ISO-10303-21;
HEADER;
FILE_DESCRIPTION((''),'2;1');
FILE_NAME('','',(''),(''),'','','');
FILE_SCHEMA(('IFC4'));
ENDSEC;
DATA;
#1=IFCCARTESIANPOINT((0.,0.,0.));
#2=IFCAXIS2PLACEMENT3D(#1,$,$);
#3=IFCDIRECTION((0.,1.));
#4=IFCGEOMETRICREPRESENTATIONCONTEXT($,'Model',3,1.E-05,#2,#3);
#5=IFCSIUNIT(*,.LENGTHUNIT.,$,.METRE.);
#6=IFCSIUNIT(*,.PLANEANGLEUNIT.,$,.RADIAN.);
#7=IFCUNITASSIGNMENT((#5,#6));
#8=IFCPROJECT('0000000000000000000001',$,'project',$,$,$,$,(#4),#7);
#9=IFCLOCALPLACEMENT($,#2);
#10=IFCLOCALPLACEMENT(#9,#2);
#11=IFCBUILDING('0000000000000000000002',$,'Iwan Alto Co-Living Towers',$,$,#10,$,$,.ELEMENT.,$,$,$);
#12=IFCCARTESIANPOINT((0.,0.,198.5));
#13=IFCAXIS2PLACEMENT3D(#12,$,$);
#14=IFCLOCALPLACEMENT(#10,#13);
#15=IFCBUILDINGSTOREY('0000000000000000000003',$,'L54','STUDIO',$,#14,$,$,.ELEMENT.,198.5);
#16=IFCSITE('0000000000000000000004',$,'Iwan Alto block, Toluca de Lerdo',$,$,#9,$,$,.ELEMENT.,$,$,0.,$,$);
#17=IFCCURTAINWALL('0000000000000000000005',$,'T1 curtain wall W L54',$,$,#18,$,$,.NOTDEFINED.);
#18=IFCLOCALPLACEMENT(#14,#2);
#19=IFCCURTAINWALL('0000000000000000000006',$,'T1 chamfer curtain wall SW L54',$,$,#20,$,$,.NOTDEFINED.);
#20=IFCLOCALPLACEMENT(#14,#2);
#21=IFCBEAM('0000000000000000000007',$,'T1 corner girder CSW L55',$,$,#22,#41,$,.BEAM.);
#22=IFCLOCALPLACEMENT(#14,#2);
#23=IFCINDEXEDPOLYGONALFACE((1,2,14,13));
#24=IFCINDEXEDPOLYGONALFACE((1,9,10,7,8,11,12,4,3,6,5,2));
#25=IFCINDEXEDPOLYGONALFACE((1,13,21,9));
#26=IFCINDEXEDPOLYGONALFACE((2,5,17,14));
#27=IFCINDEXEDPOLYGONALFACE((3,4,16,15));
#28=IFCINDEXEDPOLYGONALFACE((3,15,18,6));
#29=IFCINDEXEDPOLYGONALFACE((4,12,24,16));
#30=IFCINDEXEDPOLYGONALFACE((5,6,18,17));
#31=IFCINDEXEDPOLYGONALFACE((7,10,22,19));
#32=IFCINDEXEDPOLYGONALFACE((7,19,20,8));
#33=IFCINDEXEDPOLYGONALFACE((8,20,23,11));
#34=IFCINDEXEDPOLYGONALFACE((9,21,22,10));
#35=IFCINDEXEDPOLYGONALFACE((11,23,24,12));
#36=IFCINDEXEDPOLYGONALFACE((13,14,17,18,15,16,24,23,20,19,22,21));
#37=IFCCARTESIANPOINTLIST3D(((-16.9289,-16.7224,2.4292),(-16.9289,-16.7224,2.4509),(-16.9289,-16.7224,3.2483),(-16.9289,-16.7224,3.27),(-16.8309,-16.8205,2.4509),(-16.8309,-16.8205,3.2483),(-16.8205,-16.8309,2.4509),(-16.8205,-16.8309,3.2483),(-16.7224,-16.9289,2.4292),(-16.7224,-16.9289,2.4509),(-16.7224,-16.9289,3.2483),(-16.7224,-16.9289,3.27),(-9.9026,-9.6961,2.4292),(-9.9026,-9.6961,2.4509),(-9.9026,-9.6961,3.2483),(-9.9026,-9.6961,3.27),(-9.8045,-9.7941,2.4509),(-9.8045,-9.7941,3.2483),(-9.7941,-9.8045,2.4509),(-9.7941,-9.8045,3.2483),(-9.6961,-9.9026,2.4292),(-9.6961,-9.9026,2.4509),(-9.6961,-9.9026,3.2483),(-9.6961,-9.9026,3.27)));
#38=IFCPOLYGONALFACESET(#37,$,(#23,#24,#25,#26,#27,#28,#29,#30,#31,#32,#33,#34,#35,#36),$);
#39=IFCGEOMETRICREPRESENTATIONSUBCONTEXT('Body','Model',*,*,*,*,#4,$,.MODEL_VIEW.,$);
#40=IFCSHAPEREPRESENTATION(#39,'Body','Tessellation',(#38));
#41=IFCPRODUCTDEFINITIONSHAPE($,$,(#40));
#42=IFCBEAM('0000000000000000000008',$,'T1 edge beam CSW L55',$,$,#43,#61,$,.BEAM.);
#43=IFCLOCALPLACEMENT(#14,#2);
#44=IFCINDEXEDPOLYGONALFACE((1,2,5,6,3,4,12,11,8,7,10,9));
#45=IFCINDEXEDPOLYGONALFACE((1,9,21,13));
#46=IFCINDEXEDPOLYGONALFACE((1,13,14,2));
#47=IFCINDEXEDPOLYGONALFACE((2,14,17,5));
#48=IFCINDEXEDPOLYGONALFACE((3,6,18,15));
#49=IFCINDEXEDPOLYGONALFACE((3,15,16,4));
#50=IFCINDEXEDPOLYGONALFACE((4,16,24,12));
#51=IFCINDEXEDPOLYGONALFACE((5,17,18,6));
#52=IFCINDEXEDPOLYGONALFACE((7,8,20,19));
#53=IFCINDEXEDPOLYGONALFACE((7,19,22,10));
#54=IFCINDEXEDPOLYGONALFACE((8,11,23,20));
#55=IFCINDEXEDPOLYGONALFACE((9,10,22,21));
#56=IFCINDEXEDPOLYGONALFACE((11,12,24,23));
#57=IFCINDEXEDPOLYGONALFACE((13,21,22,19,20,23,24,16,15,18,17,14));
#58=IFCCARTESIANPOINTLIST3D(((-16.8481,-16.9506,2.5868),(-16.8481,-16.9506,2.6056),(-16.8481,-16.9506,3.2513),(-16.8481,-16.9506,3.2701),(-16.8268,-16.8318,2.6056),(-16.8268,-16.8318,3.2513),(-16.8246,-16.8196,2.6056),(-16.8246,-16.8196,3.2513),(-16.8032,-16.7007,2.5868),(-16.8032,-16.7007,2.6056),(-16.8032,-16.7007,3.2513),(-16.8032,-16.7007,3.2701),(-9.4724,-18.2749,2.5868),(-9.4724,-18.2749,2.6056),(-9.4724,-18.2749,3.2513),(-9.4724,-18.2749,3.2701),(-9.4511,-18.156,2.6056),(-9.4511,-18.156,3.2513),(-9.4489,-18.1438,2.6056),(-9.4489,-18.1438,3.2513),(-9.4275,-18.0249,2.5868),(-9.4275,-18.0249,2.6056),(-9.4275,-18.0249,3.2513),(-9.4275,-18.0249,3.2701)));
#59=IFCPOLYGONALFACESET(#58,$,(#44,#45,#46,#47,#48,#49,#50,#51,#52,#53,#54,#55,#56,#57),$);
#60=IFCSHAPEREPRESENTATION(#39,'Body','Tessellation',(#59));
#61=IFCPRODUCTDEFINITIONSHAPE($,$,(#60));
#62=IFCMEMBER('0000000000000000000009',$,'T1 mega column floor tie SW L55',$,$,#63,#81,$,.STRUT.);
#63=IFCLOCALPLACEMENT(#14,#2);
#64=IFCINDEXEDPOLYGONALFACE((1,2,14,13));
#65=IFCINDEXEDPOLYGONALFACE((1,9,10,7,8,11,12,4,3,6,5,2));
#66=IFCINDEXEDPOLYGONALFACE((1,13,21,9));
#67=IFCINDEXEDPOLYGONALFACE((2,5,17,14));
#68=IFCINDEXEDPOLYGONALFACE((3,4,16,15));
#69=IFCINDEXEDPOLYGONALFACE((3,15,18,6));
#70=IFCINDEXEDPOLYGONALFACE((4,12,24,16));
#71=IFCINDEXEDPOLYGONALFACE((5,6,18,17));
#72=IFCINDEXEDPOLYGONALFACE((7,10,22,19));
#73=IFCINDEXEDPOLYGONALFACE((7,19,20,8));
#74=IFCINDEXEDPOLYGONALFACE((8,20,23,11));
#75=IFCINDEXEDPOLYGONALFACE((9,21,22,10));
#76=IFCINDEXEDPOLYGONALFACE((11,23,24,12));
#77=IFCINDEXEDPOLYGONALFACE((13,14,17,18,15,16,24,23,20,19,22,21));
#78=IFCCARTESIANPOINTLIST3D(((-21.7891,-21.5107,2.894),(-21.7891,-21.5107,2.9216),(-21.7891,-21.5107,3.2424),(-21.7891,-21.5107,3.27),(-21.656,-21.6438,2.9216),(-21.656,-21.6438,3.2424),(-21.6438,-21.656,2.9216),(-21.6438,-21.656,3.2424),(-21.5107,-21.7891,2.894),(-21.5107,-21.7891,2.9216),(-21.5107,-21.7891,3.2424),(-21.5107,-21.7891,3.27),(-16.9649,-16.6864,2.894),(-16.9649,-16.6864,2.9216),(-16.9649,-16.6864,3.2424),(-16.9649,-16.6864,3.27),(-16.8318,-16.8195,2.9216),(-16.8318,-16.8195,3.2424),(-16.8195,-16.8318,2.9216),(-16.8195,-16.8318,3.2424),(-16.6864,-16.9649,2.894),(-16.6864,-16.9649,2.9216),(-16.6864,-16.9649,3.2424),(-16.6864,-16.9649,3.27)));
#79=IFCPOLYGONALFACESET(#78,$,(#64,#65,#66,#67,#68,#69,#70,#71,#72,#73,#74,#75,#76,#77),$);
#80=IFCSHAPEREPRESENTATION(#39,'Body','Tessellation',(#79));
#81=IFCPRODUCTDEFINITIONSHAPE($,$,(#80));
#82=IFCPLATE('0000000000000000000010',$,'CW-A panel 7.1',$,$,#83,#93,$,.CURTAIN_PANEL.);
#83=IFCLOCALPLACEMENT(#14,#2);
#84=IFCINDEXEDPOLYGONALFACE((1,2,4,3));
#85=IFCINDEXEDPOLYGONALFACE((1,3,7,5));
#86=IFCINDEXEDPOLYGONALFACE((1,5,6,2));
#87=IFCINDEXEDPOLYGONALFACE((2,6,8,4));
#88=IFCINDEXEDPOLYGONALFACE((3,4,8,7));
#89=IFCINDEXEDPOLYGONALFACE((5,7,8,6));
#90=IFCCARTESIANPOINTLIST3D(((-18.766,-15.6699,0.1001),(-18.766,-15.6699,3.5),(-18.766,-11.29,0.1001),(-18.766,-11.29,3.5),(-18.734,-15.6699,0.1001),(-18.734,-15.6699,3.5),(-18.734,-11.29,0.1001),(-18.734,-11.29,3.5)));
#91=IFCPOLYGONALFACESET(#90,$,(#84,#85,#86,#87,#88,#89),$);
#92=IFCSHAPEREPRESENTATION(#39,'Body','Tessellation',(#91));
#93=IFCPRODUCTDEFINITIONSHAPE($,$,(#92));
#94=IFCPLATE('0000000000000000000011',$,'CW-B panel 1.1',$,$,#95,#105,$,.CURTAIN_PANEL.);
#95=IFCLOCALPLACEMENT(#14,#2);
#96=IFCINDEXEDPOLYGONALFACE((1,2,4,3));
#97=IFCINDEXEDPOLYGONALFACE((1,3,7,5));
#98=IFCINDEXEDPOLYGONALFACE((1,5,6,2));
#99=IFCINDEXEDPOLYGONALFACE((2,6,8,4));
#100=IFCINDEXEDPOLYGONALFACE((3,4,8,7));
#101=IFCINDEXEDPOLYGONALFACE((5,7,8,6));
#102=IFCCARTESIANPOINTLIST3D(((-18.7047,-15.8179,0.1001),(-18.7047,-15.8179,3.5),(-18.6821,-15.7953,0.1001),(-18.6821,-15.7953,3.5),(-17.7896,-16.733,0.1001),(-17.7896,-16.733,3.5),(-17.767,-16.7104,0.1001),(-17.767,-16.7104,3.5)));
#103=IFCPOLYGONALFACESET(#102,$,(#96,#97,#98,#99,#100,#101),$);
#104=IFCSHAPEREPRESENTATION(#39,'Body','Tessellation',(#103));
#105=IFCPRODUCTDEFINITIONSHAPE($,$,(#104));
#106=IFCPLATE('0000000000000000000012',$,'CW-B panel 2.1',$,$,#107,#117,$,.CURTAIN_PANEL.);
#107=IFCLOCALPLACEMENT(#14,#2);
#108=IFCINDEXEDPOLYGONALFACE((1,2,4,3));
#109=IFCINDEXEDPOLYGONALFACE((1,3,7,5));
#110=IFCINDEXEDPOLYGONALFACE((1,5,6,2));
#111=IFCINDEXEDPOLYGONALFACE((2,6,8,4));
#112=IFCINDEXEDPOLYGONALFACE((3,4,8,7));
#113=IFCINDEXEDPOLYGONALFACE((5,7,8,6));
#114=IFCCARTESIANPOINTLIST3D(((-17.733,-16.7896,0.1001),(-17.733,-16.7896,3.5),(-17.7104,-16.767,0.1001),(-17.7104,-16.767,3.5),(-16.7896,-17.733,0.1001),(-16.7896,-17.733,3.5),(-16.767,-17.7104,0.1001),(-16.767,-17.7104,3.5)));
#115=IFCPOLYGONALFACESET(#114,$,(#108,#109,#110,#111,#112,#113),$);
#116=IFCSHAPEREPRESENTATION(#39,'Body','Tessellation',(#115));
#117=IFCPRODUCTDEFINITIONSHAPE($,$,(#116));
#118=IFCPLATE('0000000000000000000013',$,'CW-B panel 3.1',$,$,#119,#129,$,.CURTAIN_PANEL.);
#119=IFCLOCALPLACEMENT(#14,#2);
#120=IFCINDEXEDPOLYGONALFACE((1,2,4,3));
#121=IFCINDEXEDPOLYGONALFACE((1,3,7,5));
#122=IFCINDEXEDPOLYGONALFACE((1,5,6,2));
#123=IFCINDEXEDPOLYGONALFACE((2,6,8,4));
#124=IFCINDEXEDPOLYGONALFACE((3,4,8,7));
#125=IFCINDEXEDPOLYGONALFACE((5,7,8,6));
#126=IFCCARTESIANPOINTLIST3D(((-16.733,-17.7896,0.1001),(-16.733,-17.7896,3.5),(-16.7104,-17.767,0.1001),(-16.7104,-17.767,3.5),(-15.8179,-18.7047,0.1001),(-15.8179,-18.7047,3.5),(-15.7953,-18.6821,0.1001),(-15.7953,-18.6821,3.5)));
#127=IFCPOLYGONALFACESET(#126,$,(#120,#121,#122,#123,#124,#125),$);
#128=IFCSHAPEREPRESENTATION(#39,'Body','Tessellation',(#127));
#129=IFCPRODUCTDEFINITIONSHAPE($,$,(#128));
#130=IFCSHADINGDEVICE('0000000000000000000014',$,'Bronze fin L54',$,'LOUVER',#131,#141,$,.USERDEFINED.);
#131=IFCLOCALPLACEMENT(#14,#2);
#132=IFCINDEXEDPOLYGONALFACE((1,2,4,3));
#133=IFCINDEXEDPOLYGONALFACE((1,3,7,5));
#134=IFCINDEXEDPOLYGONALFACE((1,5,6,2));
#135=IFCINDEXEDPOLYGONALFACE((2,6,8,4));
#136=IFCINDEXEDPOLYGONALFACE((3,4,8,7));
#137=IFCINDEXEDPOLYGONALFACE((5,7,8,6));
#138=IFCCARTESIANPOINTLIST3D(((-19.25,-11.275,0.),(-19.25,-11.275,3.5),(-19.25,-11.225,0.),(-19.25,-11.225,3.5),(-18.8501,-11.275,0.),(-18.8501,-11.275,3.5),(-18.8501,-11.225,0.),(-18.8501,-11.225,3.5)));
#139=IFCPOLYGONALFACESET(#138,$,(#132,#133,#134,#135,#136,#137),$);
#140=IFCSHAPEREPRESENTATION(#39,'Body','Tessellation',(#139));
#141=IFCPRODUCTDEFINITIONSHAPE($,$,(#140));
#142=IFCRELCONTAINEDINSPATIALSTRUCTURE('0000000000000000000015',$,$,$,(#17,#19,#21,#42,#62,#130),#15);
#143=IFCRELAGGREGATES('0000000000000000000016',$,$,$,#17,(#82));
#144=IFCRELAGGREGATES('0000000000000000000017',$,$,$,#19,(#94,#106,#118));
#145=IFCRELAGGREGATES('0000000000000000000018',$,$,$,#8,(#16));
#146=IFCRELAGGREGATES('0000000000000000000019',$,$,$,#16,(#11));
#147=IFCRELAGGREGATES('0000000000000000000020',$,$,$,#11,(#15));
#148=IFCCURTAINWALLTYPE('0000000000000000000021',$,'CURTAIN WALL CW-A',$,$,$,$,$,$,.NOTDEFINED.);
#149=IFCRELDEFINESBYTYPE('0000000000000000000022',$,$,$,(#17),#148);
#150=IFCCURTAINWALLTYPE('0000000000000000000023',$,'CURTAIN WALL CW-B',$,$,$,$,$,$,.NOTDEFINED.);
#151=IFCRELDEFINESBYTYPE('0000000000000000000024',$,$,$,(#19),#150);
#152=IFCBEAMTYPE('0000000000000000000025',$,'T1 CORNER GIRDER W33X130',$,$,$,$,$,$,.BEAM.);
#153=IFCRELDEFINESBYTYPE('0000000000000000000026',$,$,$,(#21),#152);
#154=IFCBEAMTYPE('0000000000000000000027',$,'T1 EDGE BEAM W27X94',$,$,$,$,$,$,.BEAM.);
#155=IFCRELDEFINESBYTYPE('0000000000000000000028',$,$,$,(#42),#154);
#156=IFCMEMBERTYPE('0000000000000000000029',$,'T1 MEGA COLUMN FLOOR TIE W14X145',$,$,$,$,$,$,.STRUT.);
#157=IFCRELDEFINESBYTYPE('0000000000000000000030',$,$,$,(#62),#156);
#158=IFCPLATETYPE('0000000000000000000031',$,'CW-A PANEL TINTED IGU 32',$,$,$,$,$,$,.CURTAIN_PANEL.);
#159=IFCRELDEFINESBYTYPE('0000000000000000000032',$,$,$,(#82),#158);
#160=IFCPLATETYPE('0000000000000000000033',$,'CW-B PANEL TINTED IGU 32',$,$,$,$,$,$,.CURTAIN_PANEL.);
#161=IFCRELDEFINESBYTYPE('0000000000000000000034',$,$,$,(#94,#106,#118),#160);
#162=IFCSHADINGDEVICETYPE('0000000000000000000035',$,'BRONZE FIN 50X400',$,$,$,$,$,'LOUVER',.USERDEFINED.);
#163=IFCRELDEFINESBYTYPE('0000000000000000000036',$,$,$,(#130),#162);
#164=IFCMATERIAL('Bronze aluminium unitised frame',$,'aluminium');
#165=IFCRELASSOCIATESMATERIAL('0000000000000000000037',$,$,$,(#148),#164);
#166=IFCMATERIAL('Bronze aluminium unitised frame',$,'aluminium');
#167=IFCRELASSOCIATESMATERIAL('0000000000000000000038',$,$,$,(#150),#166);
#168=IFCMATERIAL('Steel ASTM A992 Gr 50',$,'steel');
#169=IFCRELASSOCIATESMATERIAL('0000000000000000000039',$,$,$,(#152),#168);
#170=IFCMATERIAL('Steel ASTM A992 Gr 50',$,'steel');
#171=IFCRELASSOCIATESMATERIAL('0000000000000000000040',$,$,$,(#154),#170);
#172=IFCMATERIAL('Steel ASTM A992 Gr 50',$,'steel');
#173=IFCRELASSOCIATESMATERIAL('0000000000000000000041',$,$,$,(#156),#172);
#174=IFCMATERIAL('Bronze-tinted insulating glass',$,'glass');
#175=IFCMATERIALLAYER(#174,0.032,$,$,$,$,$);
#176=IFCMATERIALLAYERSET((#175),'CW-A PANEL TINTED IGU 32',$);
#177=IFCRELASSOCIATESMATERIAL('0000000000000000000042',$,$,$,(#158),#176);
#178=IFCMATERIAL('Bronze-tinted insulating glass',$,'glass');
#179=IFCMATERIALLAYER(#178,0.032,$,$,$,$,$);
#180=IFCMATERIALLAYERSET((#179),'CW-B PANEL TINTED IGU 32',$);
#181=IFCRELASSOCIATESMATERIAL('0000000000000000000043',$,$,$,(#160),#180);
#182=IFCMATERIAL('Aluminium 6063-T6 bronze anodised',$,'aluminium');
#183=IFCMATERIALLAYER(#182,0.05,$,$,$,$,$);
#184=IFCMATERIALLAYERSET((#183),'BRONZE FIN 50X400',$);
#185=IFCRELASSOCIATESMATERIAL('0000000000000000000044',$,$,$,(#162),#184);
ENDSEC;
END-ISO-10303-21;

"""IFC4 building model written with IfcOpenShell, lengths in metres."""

from ifc_helpers import new_model, si_unit, direction, frame, origin, origin_2d, place, context, subcontext, project, spatial, rectangle, i_section, extrude, material, layer, layer_set, material_profile, profile_set, type_object, element, aggregate, save


model = new_model("IFC4")

# Units and contexts
model_context = context("Model", 3, precision=1e-05, world=origin(), true_north=direction((0.0, 1.0)))
body_context = subcontext(model_context, "Body", "Model", "MODEL_VIEW")
ifc_project = project(units=[si_unit("LENGTHUNIT", "METRE"), si_unit("PLANEANGLEUNIT", "RADIAN")], contexts=[model_context])

# Site, building, storey
site_placement = place(None, origin())
site = spatial("IfcSite", under=ifc_project, at=site_placement, Name="Iwan Alto block, Toluca de Lerdo", CompositionType="ELEMENT", RefElevation=0.0)
building_placement = place(site_placement, origin())
building = spatial("IfcBuilding", under=site, at=building_placement, Name="Iwan Alto Co-Living Towers", CompositionType="ELEMENT")
storey_placement = place(building_placement, frame((0.0, 0.0, 198.5)))
storey = spatial("IfcBuildingStorey", under=building, at=storey_placement, Name="L54", Description="STUDIO", CompositionType="ELEMENT", Elevation=198.5)

# Curtain walls
ifc_material_1 = material(Name="Bronze aluminium unitised frame", Category="aluminium")
curtain_wall_type_1 = type_object("IfcCurtainWallType", Name="CURTAIN WALL CW-A", PredefinedType="NOTDEFINED", material=ifc_material_1)
curtain_wall_1_placement = place(storey_placement, origin())
curtain_wall_1 = element("IfcCurtainWall", 1, at=curtain_wall_1_placement, inside=storey, type_object=curtain_wall_type_1, Name="T1 curtain wall W L54", PredefinedType="NOTDEFINED")
ifc_material_2 = material(Name="Bronze aluminium unitised frame", Category="aluminium")
curtain_wall_type_2 = type_object("IfcCurtainWallType", Name="CURTAIN WALL CW-B", PredefinedType="NOTDEFINED", material=ifc_material_2)
curtain_wall_2_placement = place(storey_placement, origin())
curtain_wall_2 = element("IfcCurtainWall", 2, at=curtain_wall_2_placement, inside=storey, type_object=curtain_wall_type_2, Name="T1 chamfer curtain wall SW L54", PredefinedType="NOTDEFINED")

# Beams
ifc_material_3 = material(Name="Steel ASTM A992 Gr 50", Category="steel")
ifc_material_profile_1 = material_profile(ifc_material_3, i_section(OverallWidth=0.292, OverallDepth=0.8408, WebThickness=0.0146, FlangeThickness=0.0217, at=origin_2d()), Name="W33X130")
ifc_profile_set_1 = profile_set([ifc_material_profile_1], Name="Steel ASTM A992 Gr 50")
beam_type_1 = type_object("IfcBeamType", Name="T1 CORNER GIRDER W33X130", PredefinedType="BEAM", material=ifc_profile_set_1)
beam_1_placement = place(storey_placement, frame((-16.8257, -16.8257, 2.8496), z_axis=(0.707107, 0.707107, 0.0), x_axis=(-0.707107, 0.707107, 0.0)))
element("IfcBeam", 3, at=beam_1_placement, inside=storey, type_object=beam_type_1, Name="T1 corner girder CSW L55", PredefinedType="BEAM", context=body_context, shape_type="SweptSolid", body=[
    extrude(i_section(OverallWidth=0.292, OverallDepth=0.8408, WebThickness=0.0146, FlangeThickness=0.0217, at=origin_2d()), origin(), (0.0, 0.0, 1.0), 9.9368),
])
ifc_material_4 = material(Name="Steel ASTM A992 Gr 50", Category="steel")
ifc_material_profile_2 = material_profile(ifc_material_4, i_section(OverallWidth=0.2539, OverallDepth=0.6833, WebThickness=0.0125, FlangeThickness=0.0188, at=origin_2d()), Name="W27X94")
ifc_profile_set_2 = profile_set([ifc_material_profile_2], Name="Steel ASTM A992 Gr 50")
beam_type_2 = type_object("IfcBeamType", Name="T1 EDGE BEAM W27X94", PredefinedType="BEAM", material=ifc_profile_set_2)
beam_2_placement = place(storey_placement, frame((-16.8257, -16.8257, 2.9285), z_axis=(0.984263, -0.176712, 0.0), x_axis=(0.176712, 0.984263, 0.0)))
element("IfcBeam", 4, at=beam_2_placement, inside=storey, type_object=beam_type_2, Name="T1 edge beam CSW L55", PredefinedType="BEAM", context=body_context, shape_type="SweptSolid", body=[
    extrude(i_section(OverallWidth=0.2539, OverallDepth=0.6833, WebThickness=0.0125, FlangeThickness=0.0188, at=origin_2d()), origin(), (0.0, 0.0, 1.0), 7.4937),
])

# Member
ifc_material_5 = material(Name="Steel ASTM A992 Gr 50", Category="steel")
ifc_material_profile_3 = material_profile(ifc_material_5, i_section(OverallWidth=0.3938, OverallDepth=0.376, WebThickness=0.0173, FlangeThickness=0.0276, at=origin_2d()), Name="W14X145")
ifc_profile_set_3 = profile_set([ifc_material_profile_3], Name="Steel ASTM A992 Gr 50")
member_type_1 = type_object("IfcMemberType", Name="T1 MEGA COLUMN FLOOR TIE W14X145", PredefinedType="STRUT", material=ifc_profile_set_3)
member_1_placement = place(storey_placement, frame((-21.6499, -21.6499, 3.082), z_axis=(0.707107, 0.707107, 0.0), x_axis=(-0.707107, 0.707107, 0.0)))
element("IfcMember", 5, at=member_1_placement, inside=storey, type_object=member_type_1, Name="T1 mega column floor tie SW L55", PredefinedType="STRUT", context=body_context, shape_type="SweptSolid", body=[
    extrude(i_section(OverallWidth=0.3938, OverallDepth=0.376, WebThickness=0.0173, FlangeThickness=0.0276, at=origin_2d()), origin(), (0.0, 0.0, 1.0), 6.8225),
])

# Plates
ifc_material_6 = material(Name="Bronze-tinted insulating glass", Category="glass")
ifc_layer_1 = layer(ifc_material_6, 0.032)
ifc_layer_set_1 = layer_set([ifc_layer_1], Name="CW-A PANEL TINTED IGU 32")
plate_type_1 = type_object("IfcPlateType", Name="CW-A PANEL TINTED IGU 32", PredefinedType="CURTAIN_PANEL", material=ifc_layer_set_1)
plate_1_placement = place(storey_placement, frame((-18.75, -13.48, 0.1001), z_axis=(0.0, 0.0, 1.0), x_axis=(0.0, -1.0, 0.0)))
plate_1 = element("IfcPlate", 6, at=plate_1_placement, type_object=plate_type_1, Name="CW-A panel 7.1", PredefinedType="CURTAIN_PANEL", context=body_context, shape_type="SweptSolid", body=[
    extrude(rectangle(XDim=4.3799, YDim=0.032, at=origin_2d()), origin(), (0.0, 0.0, 1.0), 3.3999),
])
aggregate(curtain_wall_1, [plate_1])
ifc_material_7 = material(Name="Bronze-tinted insulating glass", Category="glass")
ifc_layer_2 = layer(ifc_material_7, 0.032)
ifc_layer_set_2 = layer_set([ifc_layer_2], Name="CW-B PANEL TINTED IGU 32")
plate_type_2 = type_object("IfcPlateType", Name="CW-B PANEL TINTED IGU 32", PredefinedType="CURTAIN_PANEL", material=ifc_layer_set_2)
plate_2_placement = place(storey_placement, frame((-18.2358, -16.2642, 0.1001), z_axis=(0.0, 0.0, 1.0), x_axis=(0.707107, -0.707107, 0.0)))
plate_2 = element("IfcPlate", 7, at=plate_2_placement, type_object=plate_type_2, Name="CW-B panel 1.1", PredefinedType="CURTAIN_PANEL", context=body_context, shape_type="SweptSolid", body=[
    extrude(rectangle(XDim=1.2942, YDim=0.032, at=origin_2d()), origin(), (0.0, 0.0, 1.0), 3.3999),
])
plate_3_placement = place(storey_placement, frame((-17.25, -17.25, 0.1001), z_axis=(0.0, 0.0, 1.0), x_axis=(0.707107, -0.707107, 0.0)))
plate_3 = element("IfcPlate", 8, at=plate_3_placement, type_object=plate_type_2, Name="CW-B panel 2.1", PredefinedType="CURTAIN_PANEL", context=body_context, shape_type="SweptSolid", body=[
    extrude(rectangle(XDim=1.3342, YDim=0.032, at=origin_2d()), origin(), (0.0, 0.0, 1.0), 3.3999),
])
plate_4_placement = place(storey_placement, frame((-16.2642, -18.2358, 0.1001), z_axis=(0.0, 0.0, 1.0), x_axis=(0.707107, -0.707107, 0.0)))
plate_4 = element("IfcPlate", 9, at=plate_4_placement, type_object=plate_type_2, Name="CW-B panel 3.1", PredefinedType="CURTAIN_PANEL", context=body_context, shape_type="SweptSolid", body=[
    extrude(rectangle(XDim=1.2942, YDim=0.032, at=origin_2d()), origin(), (0.0, 0.0, 1.0), 3.3999),
])
aggregate(curtain_wall_2, [plate_2, plate_3, plate_4])

# Shading device
ifc_material_8 = material(Name="Aluminium 6063-T6 bronze anodised", Category="aluminium")
ifc_layer_3 = layer(ifc_material_8, 0.05)
ifc_layer_set_3 = layer_set([ifc_layer_3], Name="BRONZE FIN 50X400")
shading_device_type = type_object("IfcShadingDeviceType", Name="BRONZE FIN 50X400", ElementType="LOUVER", PredefinedType="USERDEFINED", material=ifc_layer_set_3)
shading_device_placement = place(storey_placement, frame((-19.05, -11.25, 0.0), z_axis=(0.0, 0.0, 1.0), x_axis=(0.0, -1.0, 0.0)))
element("IfcShadingDevice", 10, at=shading_device_placement, inside=storey, type_object=shading_device_type, Name="Bronze fin L54", ObjectType="LOUVER", PredefinedType="USERDEFINED", context=body_context, shape_type="SweptSolid", body=[
    extrude(rectangle(XDim=0.05, YDim=0.3999, at=origin_2d()), origin(), (0.0, 0.0, 1.0), 3.5),
])

save(model, "model.ifc")
